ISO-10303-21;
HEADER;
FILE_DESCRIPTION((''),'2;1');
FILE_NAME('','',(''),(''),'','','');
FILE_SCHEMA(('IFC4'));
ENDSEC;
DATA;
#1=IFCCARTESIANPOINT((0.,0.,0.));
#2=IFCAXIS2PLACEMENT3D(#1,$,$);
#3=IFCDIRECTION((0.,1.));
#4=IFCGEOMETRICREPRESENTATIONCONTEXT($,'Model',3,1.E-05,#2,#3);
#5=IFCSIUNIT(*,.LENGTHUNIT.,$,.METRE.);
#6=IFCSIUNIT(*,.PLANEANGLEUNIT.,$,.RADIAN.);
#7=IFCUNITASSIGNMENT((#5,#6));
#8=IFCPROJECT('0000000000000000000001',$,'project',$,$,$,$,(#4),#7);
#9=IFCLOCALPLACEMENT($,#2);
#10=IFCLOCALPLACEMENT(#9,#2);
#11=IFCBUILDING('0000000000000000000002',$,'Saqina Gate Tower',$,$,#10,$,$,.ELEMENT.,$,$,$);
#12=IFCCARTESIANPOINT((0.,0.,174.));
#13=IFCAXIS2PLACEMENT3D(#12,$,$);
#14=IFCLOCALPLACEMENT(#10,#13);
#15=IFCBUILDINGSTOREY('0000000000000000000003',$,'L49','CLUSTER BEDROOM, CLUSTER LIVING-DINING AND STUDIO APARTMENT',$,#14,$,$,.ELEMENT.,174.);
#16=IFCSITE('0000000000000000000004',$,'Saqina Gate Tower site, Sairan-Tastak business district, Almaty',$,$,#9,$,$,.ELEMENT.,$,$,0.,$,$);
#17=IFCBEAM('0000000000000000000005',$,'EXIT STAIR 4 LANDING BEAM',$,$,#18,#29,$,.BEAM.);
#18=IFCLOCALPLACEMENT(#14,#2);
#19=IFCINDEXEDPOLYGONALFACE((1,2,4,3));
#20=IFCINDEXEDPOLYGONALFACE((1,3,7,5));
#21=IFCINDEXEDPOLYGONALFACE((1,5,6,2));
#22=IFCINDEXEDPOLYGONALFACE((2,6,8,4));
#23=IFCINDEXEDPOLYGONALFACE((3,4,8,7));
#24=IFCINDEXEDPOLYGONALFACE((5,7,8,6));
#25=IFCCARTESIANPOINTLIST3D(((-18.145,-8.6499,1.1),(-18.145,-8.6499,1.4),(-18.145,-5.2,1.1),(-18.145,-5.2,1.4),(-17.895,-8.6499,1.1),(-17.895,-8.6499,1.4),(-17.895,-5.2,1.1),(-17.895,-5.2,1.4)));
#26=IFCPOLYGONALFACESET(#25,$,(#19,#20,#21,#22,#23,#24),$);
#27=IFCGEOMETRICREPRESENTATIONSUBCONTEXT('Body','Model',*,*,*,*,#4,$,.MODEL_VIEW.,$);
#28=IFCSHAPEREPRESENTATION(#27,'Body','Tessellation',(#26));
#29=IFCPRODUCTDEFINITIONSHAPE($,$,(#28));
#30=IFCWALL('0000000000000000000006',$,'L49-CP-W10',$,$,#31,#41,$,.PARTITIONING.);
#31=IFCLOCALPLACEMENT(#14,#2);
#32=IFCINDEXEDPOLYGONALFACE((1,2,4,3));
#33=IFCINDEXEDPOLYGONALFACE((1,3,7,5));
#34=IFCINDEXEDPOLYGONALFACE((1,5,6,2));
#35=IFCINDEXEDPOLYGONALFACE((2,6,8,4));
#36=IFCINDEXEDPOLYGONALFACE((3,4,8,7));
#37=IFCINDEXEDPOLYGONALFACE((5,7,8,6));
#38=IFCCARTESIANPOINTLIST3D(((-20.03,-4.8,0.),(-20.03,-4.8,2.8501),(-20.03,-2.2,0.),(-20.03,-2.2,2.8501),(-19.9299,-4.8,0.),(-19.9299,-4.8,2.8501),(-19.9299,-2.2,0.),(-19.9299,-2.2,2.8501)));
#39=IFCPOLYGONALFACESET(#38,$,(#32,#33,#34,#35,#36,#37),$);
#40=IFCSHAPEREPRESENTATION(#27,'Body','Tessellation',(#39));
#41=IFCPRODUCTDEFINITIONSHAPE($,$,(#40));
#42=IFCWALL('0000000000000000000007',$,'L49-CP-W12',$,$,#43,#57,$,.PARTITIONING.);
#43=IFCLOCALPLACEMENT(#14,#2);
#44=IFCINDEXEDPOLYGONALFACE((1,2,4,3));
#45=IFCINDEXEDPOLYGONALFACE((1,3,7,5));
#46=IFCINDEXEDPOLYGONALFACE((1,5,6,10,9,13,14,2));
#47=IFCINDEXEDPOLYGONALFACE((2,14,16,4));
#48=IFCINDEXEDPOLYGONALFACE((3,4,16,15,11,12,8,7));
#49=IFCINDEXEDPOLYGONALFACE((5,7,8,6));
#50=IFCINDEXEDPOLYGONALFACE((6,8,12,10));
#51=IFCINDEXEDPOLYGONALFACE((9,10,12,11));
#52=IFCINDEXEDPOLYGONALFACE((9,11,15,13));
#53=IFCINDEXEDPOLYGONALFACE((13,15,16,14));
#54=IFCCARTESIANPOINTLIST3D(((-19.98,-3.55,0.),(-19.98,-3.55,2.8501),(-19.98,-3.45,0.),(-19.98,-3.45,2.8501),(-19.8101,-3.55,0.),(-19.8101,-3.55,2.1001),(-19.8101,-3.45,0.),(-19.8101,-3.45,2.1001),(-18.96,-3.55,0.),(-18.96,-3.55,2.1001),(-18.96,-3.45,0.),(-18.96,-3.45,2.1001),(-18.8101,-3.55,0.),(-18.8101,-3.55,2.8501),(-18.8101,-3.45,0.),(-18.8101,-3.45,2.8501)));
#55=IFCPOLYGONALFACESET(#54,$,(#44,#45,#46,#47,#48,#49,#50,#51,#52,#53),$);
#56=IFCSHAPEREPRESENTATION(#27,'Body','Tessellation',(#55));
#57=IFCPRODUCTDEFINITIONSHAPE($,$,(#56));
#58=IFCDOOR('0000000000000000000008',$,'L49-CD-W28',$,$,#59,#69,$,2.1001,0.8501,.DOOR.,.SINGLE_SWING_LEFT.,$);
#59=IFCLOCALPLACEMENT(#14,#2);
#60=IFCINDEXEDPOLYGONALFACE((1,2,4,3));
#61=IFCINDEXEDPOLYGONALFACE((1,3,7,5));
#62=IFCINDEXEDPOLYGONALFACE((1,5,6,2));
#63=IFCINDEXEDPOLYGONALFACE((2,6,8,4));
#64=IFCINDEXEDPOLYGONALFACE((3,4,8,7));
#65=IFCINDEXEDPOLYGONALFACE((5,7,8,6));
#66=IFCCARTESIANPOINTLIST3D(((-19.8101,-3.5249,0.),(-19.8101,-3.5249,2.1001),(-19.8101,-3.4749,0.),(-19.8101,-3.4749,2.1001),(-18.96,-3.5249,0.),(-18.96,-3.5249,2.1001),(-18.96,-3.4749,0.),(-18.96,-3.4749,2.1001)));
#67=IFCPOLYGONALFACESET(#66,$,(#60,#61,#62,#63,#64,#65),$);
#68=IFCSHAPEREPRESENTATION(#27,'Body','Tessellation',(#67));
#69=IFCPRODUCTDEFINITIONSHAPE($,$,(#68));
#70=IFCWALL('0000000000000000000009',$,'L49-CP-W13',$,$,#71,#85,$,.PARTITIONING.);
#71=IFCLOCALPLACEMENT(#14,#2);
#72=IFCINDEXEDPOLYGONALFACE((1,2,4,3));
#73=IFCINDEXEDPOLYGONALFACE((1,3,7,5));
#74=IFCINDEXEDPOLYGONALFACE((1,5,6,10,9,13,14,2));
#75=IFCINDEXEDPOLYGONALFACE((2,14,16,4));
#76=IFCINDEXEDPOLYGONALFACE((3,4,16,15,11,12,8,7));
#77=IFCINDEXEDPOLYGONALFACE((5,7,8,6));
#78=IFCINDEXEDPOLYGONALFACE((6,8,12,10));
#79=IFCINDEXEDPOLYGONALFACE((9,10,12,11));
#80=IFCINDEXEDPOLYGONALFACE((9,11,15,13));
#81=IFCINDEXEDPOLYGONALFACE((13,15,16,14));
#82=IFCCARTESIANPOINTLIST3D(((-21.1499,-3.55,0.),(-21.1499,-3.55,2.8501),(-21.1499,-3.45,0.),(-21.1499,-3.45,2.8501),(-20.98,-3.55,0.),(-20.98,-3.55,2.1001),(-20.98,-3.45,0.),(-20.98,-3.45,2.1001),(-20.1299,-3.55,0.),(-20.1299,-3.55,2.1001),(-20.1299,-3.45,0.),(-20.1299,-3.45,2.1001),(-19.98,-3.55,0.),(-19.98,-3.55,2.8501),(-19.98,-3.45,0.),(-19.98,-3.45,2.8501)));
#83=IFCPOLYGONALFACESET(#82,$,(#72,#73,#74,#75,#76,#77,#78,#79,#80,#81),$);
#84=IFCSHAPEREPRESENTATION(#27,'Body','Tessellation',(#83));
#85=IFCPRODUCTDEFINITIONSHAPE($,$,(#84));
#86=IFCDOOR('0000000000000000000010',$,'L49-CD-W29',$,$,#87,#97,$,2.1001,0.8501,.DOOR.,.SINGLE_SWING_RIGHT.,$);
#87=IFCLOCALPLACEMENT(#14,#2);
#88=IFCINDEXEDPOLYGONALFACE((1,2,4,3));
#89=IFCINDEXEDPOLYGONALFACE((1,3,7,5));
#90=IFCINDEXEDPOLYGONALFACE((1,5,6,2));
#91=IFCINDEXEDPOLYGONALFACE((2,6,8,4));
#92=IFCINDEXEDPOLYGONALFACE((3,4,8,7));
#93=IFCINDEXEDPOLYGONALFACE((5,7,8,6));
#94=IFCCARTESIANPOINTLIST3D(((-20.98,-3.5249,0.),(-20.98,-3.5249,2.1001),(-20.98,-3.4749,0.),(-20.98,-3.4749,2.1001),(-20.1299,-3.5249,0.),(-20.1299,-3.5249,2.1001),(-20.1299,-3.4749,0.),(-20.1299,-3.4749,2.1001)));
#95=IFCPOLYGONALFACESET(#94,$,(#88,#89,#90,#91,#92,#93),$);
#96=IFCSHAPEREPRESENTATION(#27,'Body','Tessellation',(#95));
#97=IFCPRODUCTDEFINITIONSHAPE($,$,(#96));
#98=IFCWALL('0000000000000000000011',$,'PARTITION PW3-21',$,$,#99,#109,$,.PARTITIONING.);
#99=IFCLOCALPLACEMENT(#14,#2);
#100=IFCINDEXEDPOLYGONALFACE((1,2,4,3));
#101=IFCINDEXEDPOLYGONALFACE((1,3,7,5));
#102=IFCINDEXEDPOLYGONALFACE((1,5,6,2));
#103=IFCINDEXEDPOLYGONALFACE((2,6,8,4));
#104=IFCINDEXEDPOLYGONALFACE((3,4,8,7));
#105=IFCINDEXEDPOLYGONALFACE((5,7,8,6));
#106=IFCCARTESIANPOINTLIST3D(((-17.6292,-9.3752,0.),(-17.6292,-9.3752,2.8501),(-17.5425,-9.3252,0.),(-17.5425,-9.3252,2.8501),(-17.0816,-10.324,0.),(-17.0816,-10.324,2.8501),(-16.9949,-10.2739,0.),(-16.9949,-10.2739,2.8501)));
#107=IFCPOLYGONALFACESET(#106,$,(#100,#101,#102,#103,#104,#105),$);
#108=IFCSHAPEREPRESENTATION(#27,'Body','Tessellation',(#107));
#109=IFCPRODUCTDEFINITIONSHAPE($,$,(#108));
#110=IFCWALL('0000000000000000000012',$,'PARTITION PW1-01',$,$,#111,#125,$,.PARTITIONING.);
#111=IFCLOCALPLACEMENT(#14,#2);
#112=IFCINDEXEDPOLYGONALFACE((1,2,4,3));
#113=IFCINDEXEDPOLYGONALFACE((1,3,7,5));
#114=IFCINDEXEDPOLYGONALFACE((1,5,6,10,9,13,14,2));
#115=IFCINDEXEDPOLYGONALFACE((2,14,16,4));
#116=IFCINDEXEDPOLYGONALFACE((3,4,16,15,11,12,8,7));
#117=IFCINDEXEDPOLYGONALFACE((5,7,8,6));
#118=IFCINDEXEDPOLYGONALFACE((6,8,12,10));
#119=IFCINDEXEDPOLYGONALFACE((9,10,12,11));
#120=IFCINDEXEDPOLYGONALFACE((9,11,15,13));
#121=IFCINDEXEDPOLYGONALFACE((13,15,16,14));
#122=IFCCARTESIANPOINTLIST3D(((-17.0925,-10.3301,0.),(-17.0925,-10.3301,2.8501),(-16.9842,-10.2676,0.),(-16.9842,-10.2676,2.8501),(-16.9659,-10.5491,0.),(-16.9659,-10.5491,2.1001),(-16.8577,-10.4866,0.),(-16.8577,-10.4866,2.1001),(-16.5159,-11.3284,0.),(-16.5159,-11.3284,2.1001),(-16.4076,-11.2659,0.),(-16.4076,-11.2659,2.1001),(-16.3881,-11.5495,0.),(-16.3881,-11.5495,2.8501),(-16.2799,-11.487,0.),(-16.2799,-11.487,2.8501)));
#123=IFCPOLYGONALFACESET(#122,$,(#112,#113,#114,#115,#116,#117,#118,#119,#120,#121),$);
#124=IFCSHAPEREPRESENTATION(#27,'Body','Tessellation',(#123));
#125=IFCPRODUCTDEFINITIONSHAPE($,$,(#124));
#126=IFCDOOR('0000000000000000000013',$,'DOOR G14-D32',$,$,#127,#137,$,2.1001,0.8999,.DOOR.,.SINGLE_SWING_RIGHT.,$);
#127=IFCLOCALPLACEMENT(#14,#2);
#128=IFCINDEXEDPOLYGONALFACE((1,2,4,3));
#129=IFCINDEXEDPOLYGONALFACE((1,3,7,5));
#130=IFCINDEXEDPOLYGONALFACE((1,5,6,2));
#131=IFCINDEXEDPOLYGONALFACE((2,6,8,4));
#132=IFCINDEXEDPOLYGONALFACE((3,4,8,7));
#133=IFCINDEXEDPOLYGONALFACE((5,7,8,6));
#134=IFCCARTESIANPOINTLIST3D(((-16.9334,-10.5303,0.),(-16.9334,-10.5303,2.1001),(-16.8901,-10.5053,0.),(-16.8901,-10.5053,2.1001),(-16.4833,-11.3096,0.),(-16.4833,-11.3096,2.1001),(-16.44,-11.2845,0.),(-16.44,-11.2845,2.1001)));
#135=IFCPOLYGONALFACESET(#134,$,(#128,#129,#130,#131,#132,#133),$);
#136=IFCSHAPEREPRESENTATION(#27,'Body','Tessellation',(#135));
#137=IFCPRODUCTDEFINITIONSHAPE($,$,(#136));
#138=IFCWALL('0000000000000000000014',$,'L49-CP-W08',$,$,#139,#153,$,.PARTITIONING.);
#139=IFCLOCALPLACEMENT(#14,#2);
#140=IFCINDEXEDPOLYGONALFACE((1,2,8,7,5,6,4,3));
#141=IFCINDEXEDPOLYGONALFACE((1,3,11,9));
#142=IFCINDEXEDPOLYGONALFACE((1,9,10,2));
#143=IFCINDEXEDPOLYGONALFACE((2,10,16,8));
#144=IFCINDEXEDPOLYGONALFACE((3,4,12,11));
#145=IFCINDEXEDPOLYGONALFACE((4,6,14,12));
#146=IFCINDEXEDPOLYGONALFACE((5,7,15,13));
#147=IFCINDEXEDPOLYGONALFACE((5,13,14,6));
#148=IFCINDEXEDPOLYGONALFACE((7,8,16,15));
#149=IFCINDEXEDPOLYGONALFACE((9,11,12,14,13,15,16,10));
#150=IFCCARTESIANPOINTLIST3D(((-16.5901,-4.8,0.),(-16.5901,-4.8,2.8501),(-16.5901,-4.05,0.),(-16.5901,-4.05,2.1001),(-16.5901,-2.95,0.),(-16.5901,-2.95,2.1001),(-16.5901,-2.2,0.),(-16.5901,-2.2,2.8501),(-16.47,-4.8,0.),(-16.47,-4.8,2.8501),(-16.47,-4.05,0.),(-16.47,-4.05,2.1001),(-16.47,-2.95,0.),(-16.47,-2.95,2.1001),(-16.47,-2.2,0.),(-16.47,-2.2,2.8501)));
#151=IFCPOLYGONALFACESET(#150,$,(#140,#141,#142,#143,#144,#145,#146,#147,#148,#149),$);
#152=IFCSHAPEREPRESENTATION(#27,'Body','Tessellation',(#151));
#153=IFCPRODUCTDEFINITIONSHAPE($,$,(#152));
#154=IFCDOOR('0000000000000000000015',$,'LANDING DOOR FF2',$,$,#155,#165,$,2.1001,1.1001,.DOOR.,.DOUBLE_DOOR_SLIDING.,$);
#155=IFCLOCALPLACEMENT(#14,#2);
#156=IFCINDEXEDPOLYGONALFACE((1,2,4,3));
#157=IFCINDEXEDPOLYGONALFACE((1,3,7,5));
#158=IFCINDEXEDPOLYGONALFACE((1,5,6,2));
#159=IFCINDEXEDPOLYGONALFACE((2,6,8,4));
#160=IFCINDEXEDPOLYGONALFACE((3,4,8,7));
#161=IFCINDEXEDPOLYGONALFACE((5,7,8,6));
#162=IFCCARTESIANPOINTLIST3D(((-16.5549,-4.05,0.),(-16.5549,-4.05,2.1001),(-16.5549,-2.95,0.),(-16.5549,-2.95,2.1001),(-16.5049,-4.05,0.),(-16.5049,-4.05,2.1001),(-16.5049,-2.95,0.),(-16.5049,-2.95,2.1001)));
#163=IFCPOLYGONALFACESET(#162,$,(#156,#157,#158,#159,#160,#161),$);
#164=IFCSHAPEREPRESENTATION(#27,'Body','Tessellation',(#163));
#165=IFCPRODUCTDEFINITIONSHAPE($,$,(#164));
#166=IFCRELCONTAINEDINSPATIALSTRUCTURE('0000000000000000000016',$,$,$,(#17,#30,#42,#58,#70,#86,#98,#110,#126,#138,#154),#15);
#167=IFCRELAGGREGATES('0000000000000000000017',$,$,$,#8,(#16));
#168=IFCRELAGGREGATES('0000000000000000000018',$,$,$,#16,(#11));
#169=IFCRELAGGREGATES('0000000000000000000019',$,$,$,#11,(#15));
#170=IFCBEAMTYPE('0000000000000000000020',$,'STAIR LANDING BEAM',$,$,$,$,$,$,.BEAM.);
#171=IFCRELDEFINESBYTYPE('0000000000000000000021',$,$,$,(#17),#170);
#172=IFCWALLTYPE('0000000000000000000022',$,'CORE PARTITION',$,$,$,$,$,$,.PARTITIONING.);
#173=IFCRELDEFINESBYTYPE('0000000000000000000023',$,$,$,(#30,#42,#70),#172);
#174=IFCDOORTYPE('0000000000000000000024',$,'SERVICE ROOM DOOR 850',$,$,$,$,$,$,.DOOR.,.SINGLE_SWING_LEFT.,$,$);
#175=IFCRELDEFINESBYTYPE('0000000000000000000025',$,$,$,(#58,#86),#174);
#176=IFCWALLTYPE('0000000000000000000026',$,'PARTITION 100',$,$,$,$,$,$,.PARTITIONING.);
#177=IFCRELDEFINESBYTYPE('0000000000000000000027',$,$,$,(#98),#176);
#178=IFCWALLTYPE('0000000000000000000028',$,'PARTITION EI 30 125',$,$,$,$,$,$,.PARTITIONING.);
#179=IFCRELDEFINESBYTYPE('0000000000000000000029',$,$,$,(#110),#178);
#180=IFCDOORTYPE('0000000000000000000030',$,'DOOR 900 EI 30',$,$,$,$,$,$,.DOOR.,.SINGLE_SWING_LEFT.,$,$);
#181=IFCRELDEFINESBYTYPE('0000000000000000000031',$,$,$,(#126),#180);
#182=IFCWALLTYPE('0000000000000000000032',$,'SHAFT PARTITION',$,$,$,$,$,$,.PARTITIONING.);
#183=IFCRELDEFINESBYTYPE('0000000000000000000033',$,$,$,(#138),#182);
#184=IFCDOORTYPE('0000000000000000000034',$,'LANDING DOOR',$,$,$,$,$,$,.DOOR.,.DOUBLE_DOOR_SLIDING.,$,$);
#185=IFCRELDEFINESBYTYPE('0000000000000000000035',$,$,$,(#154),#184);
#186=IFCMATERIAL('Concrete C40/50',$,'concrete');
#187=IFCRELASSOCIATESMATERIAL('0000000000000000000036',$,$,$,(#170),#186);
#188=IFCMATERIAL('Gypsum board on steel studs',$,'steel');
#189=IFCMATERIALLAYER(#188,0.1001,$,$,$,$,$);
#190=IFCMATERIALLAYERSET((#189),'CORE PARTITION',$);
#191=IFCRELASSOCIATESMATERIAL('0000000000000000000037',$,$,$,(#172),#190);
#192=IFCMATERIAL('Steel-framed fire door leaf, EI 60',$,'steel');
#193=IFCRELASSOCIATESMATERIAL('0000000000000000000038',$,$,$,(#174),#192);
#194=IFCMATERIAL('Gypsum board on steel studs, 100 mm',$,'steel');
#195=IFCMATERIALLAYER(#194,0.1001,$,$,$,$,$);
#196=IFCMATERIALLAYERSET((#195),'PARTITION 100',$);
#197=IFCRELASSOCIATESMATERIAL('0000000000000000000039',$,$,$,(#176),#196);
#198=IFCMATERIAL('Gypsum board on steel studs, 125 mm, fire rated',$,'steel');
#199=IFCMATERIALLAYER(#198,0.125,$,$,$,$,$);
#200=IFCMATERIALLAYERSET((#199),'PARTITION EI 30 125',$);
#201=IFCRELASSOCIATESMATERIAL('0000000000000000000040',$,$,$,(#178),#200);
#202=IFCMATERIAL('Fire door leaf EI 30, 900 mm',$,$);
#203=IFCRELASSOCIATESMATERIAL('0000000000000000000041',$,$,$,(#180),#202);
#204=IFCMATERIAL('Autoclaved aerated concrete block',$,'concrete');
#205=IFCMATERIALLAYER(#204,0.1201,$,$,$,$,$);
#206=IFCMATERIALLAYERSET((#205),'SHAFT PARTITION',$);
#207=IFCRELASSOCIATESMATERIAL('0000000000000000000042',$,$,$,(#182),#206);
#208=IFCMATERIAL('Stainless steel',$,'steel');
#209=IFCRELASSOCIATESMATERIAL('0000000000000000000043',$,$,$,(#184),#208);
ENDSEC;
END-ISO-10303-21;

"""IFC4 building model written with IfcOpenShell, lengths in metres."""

from ifc_helpers import new_model, si_unit, direction, frame, frame_2d, origin, origin_2d, place, context, subcontext, project, spatial, rectangle, extrude, material, layer, layer_set, material_profile, profile_set, type_object, element, fill, save


model = new_model("IFC4")

# Units and contexts
model_context = context("Model", 3, precision=1e-05, world=origin(), true_north=direction((0.0, 1.0)))
body_context = subcontext(model_context, "Body", "Model", "MODEL_VIEW")
ifc_project = project(units=[si_unit("LENGTHUNIT", "METRE"), si_unit("PLANEANGLEUNIT", "RADIAN")], contexts=[model_context])

# Site, building, storey
site_placement = place(None, origin())
site = spatial("IfcSite", under=ifc_project, at=site_placement, Name="Saqina Gate Tower site, Sairan-Tastak business district, Almaty", CompositionType="ELEMENT", RefElevation=0.0)
building_placement = place(site_placement, origin())
building = spatial("IfcBuilding", under=site, at=building_placement, Name="Saqina Gate Tower", CompositionType="ELEMENT")
storey_placement = place(building_placement, frame((0.0, 0.0, 174.0)))
storey = spatial("IfcBuildingStorey", under=building, at=storey_placement, Name="L49", Description="CLUSTER BEDROOM, CLUSTER LIVING-DINING AND STUDIO APARTMENT", CompositionType="ELEMENT", Elevation=174.0)

# Beam
ifc_material_1 = material(Name="Concrete C40/50", Category="concrete")
ifc_material_profile = material_profile(ifc_material_1, rectangle(XDim=0.25, YDim=0.3, at=origin_2d()), Name="STAIR LANDING BEAM")
ifc_profile_set = profile_set([ifc_material_profile], Name="Concrete C40/50")
beam_type = type_object("IfcBeamType", Name="STAIR LANDING BEAM", PredefinedType="BEAM", material=ifc_profile_set)
beam_placement = place(storey_placement, frame((-18.02, -8.6499, 1.25), z_axis=(0.0, 1.0, 0.0), x_axis=(-1.0, 0.0, 0.0)))
element("IfcBeam", 1, at=beam_placement, inside=storey, type_object=beam_type, Name="EXIT STAIR 4 LANDING BEAM", PredefinedType="BEAM", context=body_context, shape_type="SweptSolid", body=[
    extrude(rectangle(XDim=0.25, YDim=0.3, at=origin_2d()), origin(), (0.0, 0.0, 1.0), 3.45),
])

# Wall
ifc_material_2 = material(Name="Gypsum board on steel studs", Category="steel")
ifc_layer_1 = layer(ifc_material_2, 0.1001)
ifc_layer_set_1 = layer_set([ifc_layer_1], Name="CORE PARTITION")
wall_type_1 = type_object("IfcWallType", Name="CORE PARTITION", PredefinedType="PARTITIONING", material=ifc_layer_set_1)
wall_1_placement = place(storey_placement, frame((-19.98, -4.8, 0.0), z_axis=(0.0, 0.0, 1.0), x_axis=(0.0, 1.0, 0.0)))
element("IfcWall", 2, at=wall_1_placement, inside=storey, type_object=wall_type_1, Name="L49-CP-W10", PredefinedType="PARTITIONING", context=body_context, shape_type="SweptSolid", body=[
    extrude(rectangle(XDim=2.6001, YDim=0.1001, at=frame_2d((1.3, 0.0))), origin(), (0.0, 0.0, 1.0), 2.8501),
])

# Walls, openings, doors
wall_2_placement = place(storey_placement, frame((-18.8101, -3.5, 0.0), z_axis=(0.0, 0.0, 1.0), x_axis=(-1.0, 0.0, 0.0)))
wall_2 = element("IfcWall", 3, at=wall_2_placement, inside=storey, type_object=wall_type_1, Name="L49-CP-W12", PredefinedType="PARTITIONING", context=body_context, shape_type="SweptSolid", body=[
    extrude(rectangle(XDim=1.1699, YDim=0.1001, at=frame_2d((0.585, 0.0))), origin(), (0.0, 0.0, 1.0), 2.8501),
])
opening_1_placement = place(wall_2_placement, frame((0.1499, 0.0, 0.0)))
opening_1 = element("IfcOpeningElement", 4, at=opening_1_placement, cuts=wall_2, PredefinedType="OPENING", context=body_context, shape_type="SweptSolid", body=[
    extrude(rectangle(XDim=0.8501, YDim=2.1001, at=frame_2d((0.425, 1.05))), frame((0.0, 0.062, 0.0), z_axis=(0.0, -1.0, 0.0), x_axis=(1.0, 0.0, 0.0)), (0.0, 0.0, 1.0), 0.124),
])
ifc_material_3 = material(Name="Steel-framed fire door leaf, EI 60", Category="steel")
door_type_1 = type_object("IfcDoorType", Name="SERVICE ROOM DOOR 850", OperationType="SINGLE_SWING_LEFT", PredefinedType="DOOR", material=ifc_material_3)
door_1_placement = place(opening_1_placement, origin())
door_1 = element("IfcDoor", 5, at=door_1_placement, inside=storey, type_object=door_type_1, Name="L49-CD-W28", OperationType="SINGLE_SWING_LEFT", OverallHeight=2.1001, OverallWidth=0.8501, PredefinedType="DOOR", context=body_context, shape_type="SweptSolid", body=[
    extrude(rectangle(XDim=0.8501, YDim=2.1001, at=frame_2d((0.425, 1.05))), frame((0.0, 0.0249, 0.0), z_axis=(0.0, -1.0, 0.0), x_axis=(1.0, 0.0, 0.0)), (0.0, 0.0, 1.0), 0.05),
])
fill(opening_1, door_1)
wall_3_placement = place(storey_placement, frame((-19.98, -3.5, 0.0), z_axis=(0.0, 0.0, 1.0), x_axis=(-1.0, 0.0, 0.0)))
wall_3 = element("IfcWall", 6, at=wall_3_placement, inside=storey, type_object=wall_type_1, Name="L49-CP-W13", PredefinedType="PARTITIONING", context=body_context, shape_type="SweptSolid", body=[
    extrude(rectangle(XDim=1.1699, YDim=0.1001, at=frame_2d((0.585, 0.0))), origin(), (0.0, 0.0, 1.0), 2.8501),
])
opening_2_placement = place(wall_3_placement, frame((0.1499, 0.0, 0.0)))
opening_2 = element("IfcOpeningElement", 7, at=opening_2_placement, cuts=wall_3, PredefinedType="OPENING", context=body_context, shape_type="SweptSolid", body=[
    extrude(rectangle(XDim=0.8501, YDim=2.1001, at=frame_2d((0.425, 1.05))), frame((0.0, 0.062, 0.0), z_axis=(0.0, -1.0, 0.0), x_axis=(1.0, 0.0, 0.0)), (0.0, 0.0, 1.0), 0.124),
])
door_2_placement = place(opening_2_placement, origin())
door_2 = element("IfcDoor", 8, at=door_2_placement, inside=storey, type_object=door_type_1, Name="L49-CD-W29", OperationType="SINGLE_SWING_RIGHT", OverallHeight=2.1001, OverallWidth=0.8501, PredefinedType="DOOR", context=body_context, shape_type="SweptSolid", body=[
    extrude(rectangle(XDim=0.8501, YDim=2.1001, at=frame_2d((0.425, 1.05))), frame((0.0, 0.0249, 0.0), z_axis=(0.0, -1.0, 0.0), x_axis=(1.0, 0.0, 0.0)), (0.0, 0.0, 1.0), 0.05),
])
fill(opening_2, door_2)

# Wall
ifc_material_4 = material(Name="Gypsum board on steel studs, 100 mm", Category="steel")
ifc_layer_2 = layer(ifc_material_4, 0.1001)
ifc_layer_set_2 = layer_set([ifc_layer_2], Name="PARTITION 100")
wall_type_2 = type_object("IfcWallType", Name="PARTITION 100", PredefinedType="PARTITIONING", material=ifc_layer_set_2)
wall_4_placement = place(storey_placement, frame((-17.5859, -9.3501, 0.0), z_axis=(0.0, 0.0, 1.0), x_axis=(0.499903, -0.866082, 0.0)))
element("IfcWall", 9, at=wall_4_placement, inside=storey, type_object=wall_type_2, Name="PARTITION PW3-21", PredefinedType="PARTITIONING", context=body_context, shape_type="SweptSolid", body=[
    extrude(rectangle(XDim=1.0955, YDim=0.1001, at=frame_2d((0.5479, 0.0))), origin(), (0.0, 0.0, 1.0), 2.8501),
])

# Walls, openings, doors
ifc_material_5 = material(Name="Gypsum board on steel studs, 125 mm, fire rated", Category="steel")
ifc_layer_3 = layer(ifc_material_5, 0.125)
ifc_layer_set_3 = layer_set([ifc_layer_3], Name="PARTITION EI 30 125")
wall_type_3 = type_object("IfcWallType", Name="PARTITION EI 30 125", PredefinedType="PARTITIONING", material=ifc_layer_set_3)
wall_5_placement = place(storey_placement, frame((-17.0383, -10.2988, 0.0), z_axis=(0.0, 0.0, 1.0), x_axis=(0.500148, -0.86594, 0.0)))
wall_5 = element("IfcWall", 10, at=wall_5_placement, inside=storey, type_object=wall_type_3, Name="PARTITION PW1-01", PredefinedType="PARTITIONING", context=body_context, shape_type="SweptSolid", body=[
    extrude(rectangle(XDim=1.4082, YDim=0.125, at=frame_2d((0.7041, 0.0))), origin(), (0.0, 0.0, 1.0), 2.8501),
])
opening_3_placement = place(wall_5_placement, frame((0.2529, 0.0, 0.0)))
opening_3 = element("IfcOpeningElement", 11, at=opening_3_placement, cuts=wall_5, PredefinedType="OPENING", context=body_context, shape_type="SweptSolid", body=[
    extrude(rectangle(XDim=0.8999, YDim=2.1001, at=frame_2d((0.45, 1.05))), frame((0.0, 0.0745, 0.0), z_axis=(0.0, -1.0, 0.0), x_axis=(1.0, 0.0, 0.0)), (0.0, 0.0, 1.0), 0.1489),
])
ifc_material_6 = material(Name="Fire door leaf EI 30, 900 mm")
door_type_2 = type_object("IfcDoorType", Name="DOOR 900 EI 30", OperationType="SINGLE_SWING_LEFT", PredefinedType="DOOR", material=ifc_material_6)
door_3_placement = place(opening_3_placement, frame((0.8999, 0.0, 0.0), z_axis=(0.0, 0.0, 1.0), x_axis=(-1.0, 0.0, 0.0)))
door_3 = element("IfcDoor", 12, at=door_3_placement, inside=storey, type_object=door_type_2, Name="DOOR G14-D32", OperationType="SINGLE_SWING_RIGHT", OverallHeight=2.1001, OverallWidth=0.8999, PredefinedType="DOOR", context=body_context, shape_type="SweptSolid", body=[
    extrude(rectangle(XDim=0.8999, YDim=2.1001, at=frame_2d((0.45, 1.05))), frame((0.0, 0.0249, 0.0), z_axis=(0.0, -1.0, 0.0), x_axis=(1.0, 0.0, 0.0)), (0.0, 0.0, 1.0), 0.05),
])
fill(opening_3, door_3)
ifc_material_7 = material(Name="Autoclaved aerated concrete block", Category="concrete")
ifc_layer_4 = layer(ifc_material_7, 0.1201)
ifc_layer_set_4 = layer_set([ifc_layer_4], Name="SHAFT PARTITION")
wall_type_4 = type_object("IfcWallType", Name="SHAFT PARTITION", PredefinedType="PARTITIONING", material=ifc_layer_set_4)
wall_6_placement = place(storey_placement, frame((-16.53, -4.8, 0.0), z_axis=(0.0, 0.0, 1.0), x_axis=(0.0, 1.0, 0.0)))
wall_6 = element("IfcWall", 13, at=wall_6_placement, inside=storey, type_object=wall_type_4, Name="L49-CP-W08", PredefinedType="PARTITIONING", context=body_context, shape_type="SweptSolid", body=[
    extrude(rectangle(XDim=2.6001, YDim=0.1201, at=frame_2d((1.3, 0.0))), origin(), (0.0, 0.0, 1.0), 2.8501),
])
opening_4_placement = place(wall_6_placement, frame((0.75, 0.0, 0.0)))
opening_4 = element("IfcOpeningElement", 14, at=opening_4_placement, cuts=wall_6, PredefinedType="OPENING", context=body_context, shape_type="SweptSolid", body=[
    extrude(rectangle(XDim=1.1001, YDim=2.1001, at=frame_2d((0.55, 1.05))), frame((0.0, 0.072, 0.0), z_axis=(0.0, -1.0, 0.0), x_axis=(1.0, 0.0, 0.0)), (0.0, 0.0, 1.0), 0.144),
])
ifc_material_8 = material(Name="Stainless steel", Category="steel")
door_type_3 = type_object("IfcDoorType", Name="LANDING DOOR", OperationType="DOUBLE_DOOR_SLIDING", PredefinedType="DOOR", material=ifc_material_8)
door_4_placement = place(opening_4_placement, origin())
door_4 = element("IfcDoor", 15, at=door_4_placement, inside=storey, type_object=door_type_3, Name="LANDING DOOR FF2", OperationType="DOUBLE_DOOR_SLIDING", OverallHeight=2.1001, OverallWidth=1.1001, PredefinedType="DOOR", context=body_context, shape_type="SweptSolid", body=[
    extrude(rectangle(XDim=1.1001, YDim=2.1001, at=frame_2d((0.55, 1.05))), frame((0.0, 0.0249, 0.0), z_axis=(0.0, -1.0, 0.0), x_axis=(1.0, 0.0, 0.0)), (0.0, 0.0, 1.0), 0.05),
])
fill(opening_4, door_4)

save(model, "model.ifc")
